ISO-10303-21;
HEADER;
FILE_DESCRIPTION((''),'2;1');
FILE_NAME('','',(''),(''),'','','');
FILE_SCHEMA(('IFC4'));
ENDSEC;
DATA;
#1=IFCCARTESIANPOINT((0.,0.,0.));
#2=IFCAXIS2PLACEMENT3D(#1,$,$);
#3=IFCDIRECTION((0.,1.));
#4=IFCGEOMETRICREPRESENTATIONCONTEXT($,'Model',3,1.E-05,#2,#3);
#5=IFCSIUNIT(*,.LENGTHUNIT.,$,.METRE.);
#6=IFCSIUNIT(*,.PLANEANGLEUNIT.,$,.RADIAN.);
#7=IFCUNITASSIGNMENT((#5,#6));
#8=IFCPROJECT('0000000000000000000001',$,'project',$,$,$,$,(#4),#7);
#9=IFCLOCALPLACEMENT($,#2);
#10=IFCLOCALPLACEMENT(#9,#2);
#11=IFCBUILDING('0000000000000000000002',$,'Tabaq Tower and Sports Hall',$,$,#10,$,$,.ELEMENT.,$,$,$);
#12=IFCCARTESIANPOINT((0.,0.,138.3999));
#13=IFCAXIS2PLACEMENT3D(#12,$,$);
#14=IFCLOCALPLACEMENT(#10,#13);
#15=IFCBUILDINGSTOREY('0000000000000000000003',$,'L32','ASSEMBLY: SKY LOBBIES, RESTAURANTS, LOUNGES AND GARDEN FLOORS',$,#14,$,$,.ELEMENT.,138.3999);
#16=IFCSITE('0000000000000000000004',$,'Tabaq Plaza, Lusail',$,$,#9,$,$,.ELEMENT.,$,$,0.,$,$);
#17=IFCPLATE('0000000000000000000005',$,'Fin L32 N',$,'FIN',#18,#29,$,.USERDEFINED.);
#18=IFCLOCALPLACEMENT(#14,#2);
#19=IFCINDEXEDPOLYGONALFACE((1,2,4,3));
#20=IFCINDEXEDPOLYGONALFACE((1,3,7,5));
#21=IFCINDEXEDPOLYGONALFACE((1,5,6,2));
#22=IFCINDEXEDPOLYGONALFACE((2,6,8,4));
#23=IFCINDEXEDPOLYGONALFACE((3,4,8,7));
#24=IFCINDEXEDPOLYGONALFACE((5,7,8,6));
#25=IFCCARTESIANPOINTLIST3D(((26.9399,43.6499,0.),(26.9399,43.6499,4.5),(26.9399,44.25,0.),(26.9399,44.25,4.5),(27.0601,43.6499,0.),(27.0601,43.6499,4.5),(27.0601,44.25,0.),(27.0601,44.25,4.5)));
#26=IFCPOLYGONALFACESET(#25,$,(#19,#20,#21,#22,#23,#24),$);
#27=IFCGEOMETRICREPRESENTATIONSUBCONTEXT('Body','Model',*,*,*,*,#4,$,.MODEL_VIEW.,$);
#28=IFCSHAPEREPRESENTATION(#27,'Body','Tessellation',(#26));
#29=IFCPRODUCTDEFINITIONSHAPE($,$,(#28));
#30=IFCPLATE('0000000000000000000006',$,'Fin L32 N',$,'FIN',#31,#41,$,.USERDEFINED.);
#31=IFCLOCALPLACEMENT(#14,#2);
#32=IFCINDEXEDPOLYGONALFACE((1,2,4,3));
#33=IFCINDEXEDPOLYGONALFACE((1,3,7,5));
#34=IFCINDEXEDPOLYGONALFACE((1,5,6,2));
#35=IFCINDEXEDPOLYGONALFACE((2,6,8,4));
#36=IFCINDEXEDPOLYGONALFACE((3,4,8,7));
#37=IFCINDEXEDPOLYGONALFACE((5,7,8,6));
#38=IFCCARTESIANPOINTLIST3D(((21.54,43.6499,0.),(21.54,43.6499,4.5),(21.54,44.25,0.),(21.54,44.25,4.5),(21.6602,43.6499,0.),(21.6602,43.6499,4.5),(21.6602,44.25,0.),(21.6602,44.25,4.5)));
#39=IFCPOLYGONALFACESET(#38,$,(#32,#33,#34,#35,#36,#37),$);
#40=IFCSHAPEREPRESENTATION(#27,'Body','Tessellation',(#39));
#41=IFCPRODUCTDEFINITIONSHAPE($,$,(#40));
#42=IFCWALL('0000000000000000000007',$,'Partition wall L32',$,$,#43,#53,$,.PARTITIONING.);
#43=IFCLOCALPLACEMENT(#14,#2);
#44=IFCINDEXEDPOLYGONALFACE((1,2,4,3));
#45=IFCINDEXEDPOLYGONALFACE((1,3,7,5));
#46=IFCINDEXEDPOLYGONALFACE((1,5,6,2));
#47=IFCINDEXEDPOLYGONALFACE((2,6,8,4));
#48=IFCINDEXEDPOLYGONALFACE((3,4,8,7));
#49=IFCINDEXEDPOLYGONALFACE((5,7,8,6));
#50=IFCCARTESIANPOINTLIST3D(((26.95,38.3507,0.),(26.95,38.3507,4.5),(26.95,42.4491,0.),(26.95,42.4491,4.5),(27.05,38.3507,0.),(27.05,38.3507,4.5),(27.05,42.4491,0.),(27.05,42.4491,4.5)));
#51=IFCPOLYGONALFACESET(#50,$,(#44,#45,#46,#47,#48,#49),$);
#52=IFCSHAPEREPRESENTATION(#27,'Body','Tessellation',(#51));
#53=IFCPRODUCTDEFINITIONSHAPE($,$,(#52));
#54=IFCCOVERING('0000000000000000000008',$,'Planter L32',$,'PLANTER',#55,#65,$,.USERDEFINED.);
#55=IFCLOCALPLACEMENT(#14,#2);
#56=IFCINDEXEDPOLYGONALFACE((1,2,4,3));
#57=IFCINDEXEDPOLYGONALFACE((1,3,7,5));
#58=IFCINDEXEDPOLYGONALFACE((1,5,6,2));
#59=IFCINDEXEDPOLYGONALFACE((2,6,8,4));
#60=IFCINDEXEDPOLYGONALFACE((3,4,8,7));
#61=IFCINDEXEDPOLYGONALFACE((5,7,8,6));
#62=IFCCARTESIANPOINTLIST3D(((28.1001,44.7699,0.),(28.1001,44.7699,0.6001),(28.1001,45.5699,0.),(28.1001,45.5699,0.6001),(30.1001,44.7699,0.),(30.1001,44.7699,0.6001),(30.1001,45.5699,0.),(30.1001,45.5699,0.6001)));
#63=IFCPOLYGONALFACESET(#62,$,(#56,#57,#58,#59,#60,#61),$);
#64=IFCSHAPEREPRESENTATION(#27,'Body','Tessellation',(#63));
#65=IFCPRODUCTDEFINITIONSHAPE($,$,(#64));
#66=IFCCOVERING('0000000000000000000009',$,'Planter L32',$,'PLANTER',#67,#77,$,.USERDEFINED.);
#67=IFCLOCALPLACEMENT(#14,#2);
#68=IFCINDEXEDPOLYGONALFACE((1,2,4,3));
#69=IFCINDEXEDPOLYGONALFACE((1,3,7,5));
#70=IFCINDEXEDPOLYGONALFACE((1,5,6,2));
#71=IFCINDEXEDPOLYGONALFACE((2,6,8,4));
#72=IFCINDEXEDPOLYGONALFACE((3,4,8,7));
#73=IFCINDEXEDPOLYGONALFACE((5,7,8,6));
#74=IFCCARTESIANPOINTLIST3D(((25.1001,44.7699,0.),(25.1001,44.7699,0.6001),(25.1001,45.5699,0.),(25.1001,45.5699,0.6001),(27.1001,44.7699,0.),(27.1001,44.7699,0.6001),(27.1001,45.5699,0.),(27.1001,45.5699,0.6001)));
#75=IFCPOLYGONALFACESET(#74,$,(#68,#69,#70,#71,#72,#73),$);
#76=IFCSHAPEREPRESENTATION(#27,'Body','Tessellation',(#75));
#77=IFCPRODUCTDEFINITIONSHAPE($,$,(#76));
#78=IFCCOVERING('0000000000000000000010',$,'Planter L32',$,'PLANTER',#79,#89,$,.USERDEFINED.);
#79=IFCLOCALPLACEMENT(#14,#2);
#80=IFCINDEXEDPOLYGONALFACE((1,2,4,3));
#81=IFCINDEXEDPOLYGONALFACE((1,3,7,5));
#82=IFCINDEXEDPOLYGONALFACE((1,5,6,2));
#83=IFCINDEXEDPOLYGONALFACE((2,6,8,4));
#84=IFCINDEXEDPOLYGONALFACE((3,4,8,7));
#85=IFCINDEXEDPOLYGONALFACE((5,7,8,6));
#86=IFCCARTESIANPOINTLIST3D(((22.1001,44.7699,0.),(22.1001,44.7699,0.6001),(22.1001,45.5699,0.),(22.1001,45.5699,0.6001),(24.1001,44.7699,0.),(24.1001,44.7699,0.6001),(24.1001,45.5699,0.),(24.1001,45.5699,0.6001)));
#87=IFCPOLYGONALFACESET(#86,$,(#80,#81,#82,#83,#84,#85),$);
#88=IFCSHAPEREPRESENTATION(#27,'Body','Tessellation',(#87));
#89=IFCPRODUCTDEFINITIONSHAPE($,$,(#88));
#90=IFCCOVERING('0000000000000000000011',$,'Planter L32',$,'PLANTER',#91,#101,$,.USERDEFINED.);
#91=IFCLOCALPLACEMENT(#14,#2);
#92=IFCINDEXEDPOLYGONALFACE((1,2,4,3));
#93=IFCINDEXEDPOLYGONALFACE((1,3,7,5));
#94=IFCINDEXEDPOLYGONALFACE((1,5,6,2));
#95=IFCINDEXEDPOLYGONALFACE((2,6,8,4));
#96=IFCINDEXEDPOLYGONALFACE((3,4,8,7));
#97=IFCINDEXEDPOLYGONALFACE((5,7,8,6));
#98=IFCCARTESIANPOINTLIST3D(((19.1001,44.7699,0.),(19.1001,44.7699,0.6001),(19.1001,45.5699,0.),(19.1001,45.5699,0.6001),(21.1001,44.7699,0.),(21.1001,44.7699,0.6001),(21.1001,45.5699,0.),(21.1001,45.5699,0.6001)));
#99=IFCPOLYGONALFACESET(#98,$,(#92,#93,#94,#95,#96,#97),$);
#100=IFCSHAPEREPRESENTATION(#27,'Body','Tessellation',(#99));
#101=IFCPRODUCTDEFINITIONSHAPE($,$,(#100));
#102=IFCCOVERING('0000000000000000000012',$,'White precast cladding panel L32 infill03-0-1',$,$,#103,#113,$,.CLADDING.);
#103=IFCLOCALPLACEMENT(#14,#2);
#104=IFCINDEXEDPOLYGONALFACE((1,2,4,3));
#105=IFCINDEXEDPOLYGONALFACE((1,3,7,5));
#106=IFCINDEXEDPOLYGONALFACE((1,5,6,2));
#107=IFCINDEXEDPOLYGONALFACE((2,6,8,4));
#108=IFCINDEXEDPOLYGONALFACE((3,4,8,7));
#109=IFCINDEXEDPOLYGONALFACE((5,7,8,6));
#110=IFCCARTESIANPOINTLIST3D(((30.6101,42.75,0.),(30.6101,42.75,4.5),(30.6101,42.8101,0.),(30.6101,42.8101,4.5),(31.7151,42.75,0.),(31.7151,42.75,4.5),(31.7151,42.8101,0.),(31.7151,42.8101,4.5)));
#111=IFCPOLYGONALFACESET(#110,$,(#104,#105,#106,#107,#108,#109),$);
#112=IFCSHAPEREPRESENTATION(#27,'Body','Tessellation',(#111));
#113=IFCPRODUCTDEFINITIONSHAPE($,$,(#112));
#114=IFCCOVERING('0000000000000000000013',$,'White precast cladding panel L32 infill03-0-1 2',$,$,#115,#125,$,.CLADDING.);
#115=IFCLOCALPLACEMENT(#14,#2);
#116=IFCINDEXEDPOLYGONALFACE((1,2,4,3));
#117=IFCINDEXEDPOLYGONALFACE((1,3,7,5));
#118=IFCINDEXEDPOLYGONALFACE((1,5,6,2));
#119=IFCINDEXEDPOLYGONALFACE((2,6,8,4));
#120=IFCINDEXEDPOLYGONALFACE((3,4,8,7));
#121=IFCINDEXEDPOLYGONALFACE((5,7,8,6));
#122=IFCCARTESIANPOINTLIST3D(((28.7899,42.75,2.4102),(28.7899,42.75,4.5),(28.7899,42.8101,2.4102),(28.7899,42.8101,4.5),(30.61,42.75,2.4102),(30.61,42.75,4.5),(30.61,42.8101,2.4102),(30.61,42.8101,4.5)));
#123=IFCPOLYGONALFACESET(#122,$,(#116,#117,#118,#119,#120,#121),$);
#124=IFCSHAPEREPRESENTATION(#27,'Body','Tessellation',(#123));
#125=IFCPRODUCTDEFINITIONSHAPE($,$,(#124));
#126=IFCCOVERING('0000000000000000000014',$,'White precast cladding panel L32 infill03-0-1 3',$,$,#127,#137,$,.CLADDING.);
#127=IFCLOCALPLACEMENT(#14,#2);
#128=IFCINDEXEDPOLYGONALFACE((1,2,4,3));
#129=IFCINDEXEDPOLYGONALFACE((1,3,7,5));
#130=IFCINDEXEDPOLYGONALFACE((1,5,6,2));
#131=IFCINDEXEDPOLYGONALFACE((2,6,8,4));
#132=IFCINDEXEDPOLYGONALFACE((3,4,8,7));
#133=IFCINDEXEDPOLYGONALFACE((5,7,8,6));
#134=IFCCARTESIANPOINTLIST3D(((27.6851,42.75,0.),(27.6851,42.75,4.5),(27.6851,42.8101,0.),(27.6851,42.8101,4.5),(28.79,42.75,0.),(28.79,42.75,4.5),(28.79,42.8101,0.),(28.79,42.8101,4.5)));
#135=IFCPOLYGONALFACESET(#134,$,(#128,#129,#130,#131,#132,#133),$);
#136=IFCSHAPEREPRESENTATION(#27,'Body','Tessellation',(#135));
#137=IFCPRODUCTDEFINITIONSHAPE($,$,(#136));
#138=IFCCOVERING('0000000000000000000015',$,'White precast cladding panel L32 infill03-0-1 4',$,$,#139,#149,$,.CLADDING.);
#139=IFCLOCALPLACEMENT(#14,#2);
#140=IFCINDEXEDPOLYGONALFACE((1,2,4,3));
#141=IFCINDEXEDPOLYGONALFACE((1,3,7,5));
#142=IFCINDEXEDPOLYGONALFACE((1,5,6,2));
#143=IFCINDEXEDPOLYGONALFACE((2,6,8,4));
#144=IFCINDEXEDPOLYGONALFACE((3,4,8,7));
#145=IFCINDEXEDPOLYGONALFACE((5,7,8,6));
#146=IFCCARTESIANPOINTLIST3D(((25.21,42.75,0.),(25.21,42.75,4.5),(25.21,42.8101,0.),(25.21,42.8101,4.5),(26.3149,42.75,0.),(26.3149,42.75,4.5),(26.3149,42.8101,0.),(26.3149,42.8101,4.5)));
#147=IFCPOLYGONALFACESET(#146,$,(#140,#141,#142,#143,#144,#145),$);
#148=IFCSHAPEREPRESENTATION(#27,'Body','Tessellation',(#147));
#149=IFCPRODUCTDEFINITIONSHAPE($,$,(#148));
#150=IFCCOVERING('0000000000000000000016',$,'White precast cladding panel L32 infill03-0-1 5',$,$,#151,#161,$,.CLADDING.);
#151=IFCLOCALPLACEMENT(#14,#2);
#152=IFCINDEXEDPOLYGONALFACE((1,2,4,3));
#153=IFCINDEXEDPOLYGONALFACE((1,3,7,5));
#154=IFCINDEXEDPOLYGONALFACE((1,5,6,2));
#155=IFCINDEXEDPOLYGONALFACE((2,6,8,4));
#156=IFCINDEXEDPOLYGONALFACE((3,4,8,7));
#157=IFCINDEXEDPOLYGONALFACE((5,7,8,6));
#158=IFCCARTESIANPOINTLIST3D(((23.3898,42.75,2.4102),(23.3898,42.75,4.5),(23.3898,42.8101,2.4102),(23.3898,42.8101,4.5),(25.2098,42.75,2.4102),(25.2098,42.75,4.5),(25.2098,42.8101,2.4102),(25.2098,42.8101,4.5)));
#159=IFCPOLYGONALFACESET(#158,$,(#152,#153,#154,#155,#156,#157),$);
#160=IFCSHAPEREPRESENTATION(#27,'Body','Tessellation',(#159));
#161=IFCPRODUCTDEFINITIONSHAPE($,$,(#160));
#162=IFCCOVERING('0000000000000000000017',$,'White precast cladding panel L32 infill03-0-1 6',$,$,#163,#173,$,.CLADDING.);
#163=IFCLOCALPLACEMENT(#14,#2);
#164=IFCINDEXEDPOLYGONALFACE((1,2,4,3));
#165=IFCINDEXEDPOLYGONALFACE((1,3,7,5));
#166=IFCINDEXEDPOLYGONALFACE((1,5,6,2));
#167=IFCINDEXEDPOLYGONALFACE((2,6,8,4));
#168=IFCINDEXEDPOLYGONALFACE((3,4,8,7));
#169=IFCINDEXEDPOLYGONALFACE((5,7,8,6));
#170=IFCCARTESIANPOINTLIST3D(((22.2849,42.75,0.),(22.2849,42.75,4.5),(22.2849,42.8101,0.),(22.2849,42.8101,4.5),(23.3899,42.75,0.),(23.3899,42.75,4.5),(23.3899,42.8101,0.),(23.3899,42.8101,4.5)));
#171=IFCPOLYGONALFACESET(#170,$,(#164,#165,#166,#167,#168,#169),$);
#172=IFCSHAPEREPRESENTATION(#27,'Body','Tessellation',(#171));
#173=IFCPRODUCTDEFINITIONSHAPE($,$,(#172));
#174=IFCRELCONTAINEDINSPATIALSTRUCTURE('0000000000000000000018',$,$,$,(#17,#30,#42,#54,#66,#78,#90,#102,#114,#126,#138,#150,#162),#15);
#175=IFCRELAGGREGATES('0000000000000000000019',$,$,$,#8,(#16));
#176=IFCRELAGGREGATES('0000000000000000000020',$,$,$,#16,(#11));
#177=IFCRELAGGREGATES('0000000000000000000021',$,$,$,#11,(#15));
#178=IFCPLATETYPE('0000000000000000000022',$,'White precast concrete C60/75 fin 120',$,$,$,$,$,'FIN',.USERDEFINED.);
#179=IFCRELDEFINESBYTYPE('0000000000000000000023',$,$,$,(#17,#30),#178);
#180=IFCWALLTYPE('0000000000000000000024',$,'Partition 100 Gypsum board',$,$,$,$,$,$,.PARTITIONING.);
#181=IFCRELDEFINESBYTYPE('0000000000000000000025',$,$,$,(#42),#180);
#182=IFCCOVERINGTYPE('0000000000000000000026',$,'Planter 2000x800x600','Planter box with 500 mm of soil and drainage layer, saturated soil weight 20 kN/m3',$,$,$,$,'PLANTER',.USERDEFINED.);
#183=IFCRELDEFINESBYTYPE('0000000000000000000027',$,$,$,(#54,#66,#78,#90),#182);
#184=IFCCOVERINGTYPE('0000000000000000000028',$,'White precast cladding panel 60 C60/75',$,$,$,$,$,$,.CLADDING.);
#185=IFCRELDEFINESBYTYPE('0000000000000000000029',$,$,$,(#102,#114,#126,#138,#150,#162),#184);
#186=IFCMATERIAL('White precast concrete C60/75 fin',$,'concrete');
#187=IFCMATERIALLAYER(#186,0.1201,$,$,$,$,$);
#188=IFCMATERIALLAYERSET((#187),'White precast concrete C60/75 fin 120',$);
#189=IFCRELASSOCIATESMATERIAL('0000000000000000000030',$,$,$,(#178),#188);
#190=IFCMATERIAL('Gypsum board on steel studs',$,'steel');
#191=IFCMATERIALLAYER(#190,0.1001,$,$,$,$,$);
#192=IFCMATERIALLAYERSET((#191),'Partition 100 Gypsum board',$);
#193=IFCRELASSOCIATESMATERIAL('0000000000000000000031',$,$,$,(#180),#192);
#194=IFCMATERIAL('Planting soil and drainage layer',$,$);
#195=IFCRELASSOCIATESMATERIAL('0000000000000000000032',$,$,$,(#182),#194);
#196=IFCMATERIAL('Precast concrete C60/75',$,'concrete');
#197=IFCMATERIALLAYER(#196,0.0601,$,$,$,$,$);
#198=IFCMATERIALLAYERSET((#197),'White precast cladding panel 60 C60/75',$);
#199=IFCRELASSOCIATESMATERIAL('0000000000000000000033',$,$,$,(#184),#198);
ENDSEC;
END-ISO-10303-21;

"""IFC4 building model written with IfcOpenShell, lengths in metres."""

from ifc_helpers import new_model, si_unit, direction, frame, frame_2d, origin, origin_2d, place, context, subcontext, project, spatial, rectangle, extrude, material, layer, layer_set, type_object, element, save


model = new_model("IFC4")

# Units and contexts
model_context = context("Model", 3, precision=1e-05, world=origin(), true_north=direction((0.0, 1.0)))
body_context = subcontext(model_context, "Body", "Model", "MODEL_VIEW")
ifc_project = project(units=[si_unit("LENGTHUNIT", "METRE"), si_unit("PLANEANGLEUNIT", "RADIAN")], contexts=[model_context])

# Site, building, storey
site_placement = place(None, origin())
site = spatial("IfcSite", under=ifc_project, at=site_placement, Name="Tabaq Plaza, Lusail", CompositionType="ELEMENT", RefElevation=0.0)
building_placement = place(site_placement, origin())
building = spatial("IfcBuilding", under=site, at=building_placement, Name="Tabaq Tower and Sports Hall", CompositionType="ELEMENT")
storey_placement = place(building_placement, frame((0.0, 0.0, 138.3999)))
storey = spatial("IfcBuildingStorey", under=building, at=storey_placement, Name="L32", Description="ASSEMBLY: SKY LOBBIES, RESTAURANTS, LOUNGES AND GARDEN FLOORS", CompositionType="ELEMENT", Elevation=138.3999)

# Plates
ifc_material_1 = material(Name="White precast concrete C60/75 fin", Category="concrete")
ifc_layer_1 = layer(ifc_material_1, 0.1201)
ifc_layer_set_1 = layer_set([ifc_layer_1], Name="White precast concrete C60/75 fin 120")
plate_type_1 = type_object("IfcPlateType", Name="White precast concrete C60/75 fin 120", ElementType="FIN", PredefinedType="USERDEFINED", material=ifc_layer_set_1)
for number, where, z_axis, x_axis, name in (
    (1, (27.0, 43.95, 0.0), (0.0, 0.0, 1.0), (-1.0, 0.0, 0.0), "Fin L32 N"),
    (2, (21.6001, 43.95, 0.0), (0.0, 0.0, 1.0), (-1.0, 0.0, 0.0), "Fin L32 N"),
):
    element("IfcPlate", number, at=place(storey_placement, frame(where, z_axis=z_axis, x_axis=x_axis)), inside=storey, type_object=plate_type_1, Name=name, ObjectType="FIN", PredefinedType="USERDEFINED", context=body_context, shape_type="SweptSolid", body=[
        extrude(rectangle(XDim=0.1201, YDim=0.6001, at=origin_2d()), origin(), (0.0, 0.0, 1.0), 4.5),
    ])

# Wall
ifc_material_2 = material(Name="Gypsum board on steel studs", Category="steel")
ifc_layer_2 = layer(ifc_material_2, 0.1001)
ifc_layer_set_2 = layer_set([ifc_layer_2], Name="Partition 100 Gypsum board")
wall_type = type_object("IfcWallType", Name="Partition 100 Gypsum board", PredefinedType="PARTITIONING", material=ifc_layer_set_2)
wall_placement = place(storey_placement, frame((27.0, 38.3506, 0.0), z_axis=(0.0, 0.0, 1.0), x_axis=(0.0, 1.0, 0.0)))
element("IfcWall", 3, at=wall_placement, inside=storey, type_object=wall_type, Name="Partition wall L32", PredefinedType="PARTITIONING", context=body_context, shape_type="SweptSolid", body=[
    extrude(rectangle(XDim=4.0984, YDim=0.1001, at=frame_2d((2.0493, 0.0))), origin(), (0.0, 0.0, 1.0), 4.5),
])

# Coverings
ifc_material_3 = material(Name="Planting soil and drainage layer")
covering_type_1 = type_object("IfcCoveringType", Name="Planter 2000x800x600", Description="Planter box with 500 mm of soil and drainage layer, saturated soil weight 20 kN/m3", ElementType="PLANTER", PredefinedType="USERDEFINED", material=ifc_material_3)
for number, where, z_axis, x_axis, name in (
    (4, (29.1001, 45.1699, 0.0), (0.0, 0.0, 1.0), (-1.0, 0.0, 0.0), "Planter L32"),
    (5, (26.1001, 45.1699, 0.0), (0.0, 0.0, 1.0), (-1.0, 0.0, 0.0), "Planter L32"),
    (6, (23.1001, 45.1699, 0.0), (0.0, 0.0, 1.0), (-1.0, 0.0, 0.0), "Planter L32"),
    (7, (20.1001, 45.1699, 0.0), (0.0, 0.0, 1.0), (-1.0, 0.0, 0.0), "Planter L32"),
):
    element("IfcCovering", number, at=place(storey_placement, frame(where, z_axis=z_axis, x_axis=x_axis)), inside=storey, type_object=covering_type_1, Name=name, ObjectType="PLANTER", PredefinedType="USERDEFINED", context=body_context, shape_type="SweptSolid", body=[
        extrude(rectangle(XDim=2.0, YDim=0.8, at=origin_2d()), origin(), (0.0, 0.0, 1.0), 0.6001),
    ])
ifc_material_4 = material(Name="Precast concrete C60/75", Category="concrete")
ifc_layer_3 = layer(ifc_material_4, 0.0601)
ifc_layer_set_3 = layer_set([ifc_layer_3], Name="White precast cladding panel 60 C60/75")
covering_type_2 = type_object("IfcCoveringType", Name="White precast cladding panel 60 C60/75", PredefinedType="CLADDING", material=ifc_layer_set_3)
covering_1_placement = place(storey_placement, frame((31.7151, 42.78, 0.0), z_axis=(0.0, 0.0, 1.0), x_axis=(-1.0, 0.0, 0.0)))
element("IfcCovering", 8, at=covering_1_placement, inside=storey, type_object=covering_type_2, Name="White precast cladding panel L32 infill03-0-1", PredefinedType="CLADDING", context=body_context, shape_type="SweptSolid", body=[
    extrude(rectangle(XDim=1.105, YDim=0.0601, at=frame_2d((0.5525, 0.0))), origin(), (0.0, 0.0, 1.0), 4.5),
])
covering_2_placement = place(storey_placement, frame((30.6101, 42.78, 2.4102), z_axis=(0.0, 0.0, 1.0), x_axis=(-1.0, 0.0, 0.0)))
element("IfcCovering", 9, at=covering_2_placement, inside=storey, type_object=covering_type_2, Name="White precast cladding panel L32 infill03-0-1 2", PredefinedType="CLADDING", context=body_context, shape_type="SweptSolid", body=[
    extrude(rectangle(XDim=1.8201, YDim=0.0601, at=frame_2d((0.9102, 0.0))), origin(), (0.0, 0.0, 1.0), 2.0898),
])
for number, where, z_axis, x_axis, name in (
    (10, (28.79, 42.78, 0.0), (0.0, 0.0, 1.0), (-1.0, 0.0, 0.0), "White precast cladding panel L32 infill03-0-1 3"),
    (11, (26.3149, 42.78, 0.0), (0.0, 0.0, 1.0), (-1.0, 0.0, 0.0), "White precast cladding panel L32 infill03-0-1 4"),
):
    element("IfcCovering", number, at=place(storey_placement, frame(where, z_axis=z_axis, x_axis=x_axis)), inside=storey, type_object=covering_type_2, Name=name, PredefinedType="CLADDING", context=body_context, shape_type="SweptSolid", body=[
        extrude(rectangle(XDim=1.105, YDim=0.0601, at=frame_2d((0.5525, 0.0))), origin(), (0.0, 0.0, 1.0), 4.5),
    ])
covering_3_placement = place(storey_placement, frame((25.21, 42.78, 2.4102), z_axis=(0.0, 0.0, 1.0), x_axis=(-1.0, 0.0, 0.0)))
element("IfcCovering", 12, at=covering_3_placement, inside=storey, type_object=covering_type_2, Name="White precast cladding panel L32 infill03-0-1 5", PredefinedType="CLADDING", context=body_context, shape_type="SweptSolid", body=[
    extrude(rectangle(XDim=1.8201, YDim=0.0601, at=frame_2d((0.9102, 0.0))), origin(), (0.0, 0.0, 1.0), 2.0898),
])
covering_4_placement = place(storey_placement, frame((23.3899, 42.78, 0.0), z_axis=(0.0, 0.0, 1.0), x_axis=(-1.0, 0.0, 0.0)))
element("IfcCovering", 13, at=covering_4_placement, inside=storey, type_object=covering_type_2, Name="White precast cladding panel L32 infill03-0-1 6", PredefinedType="CLADDING", context=body_context, shape_type="SweptSolid", body=[
    extrude(rectangle(XDim=1.105, YDim=0.0601, at=frame_2d((0.5525, 0.0))), origin(), (0.0, 0.0, 1.0), 4.5),
])

save(model, "model.ifc")
